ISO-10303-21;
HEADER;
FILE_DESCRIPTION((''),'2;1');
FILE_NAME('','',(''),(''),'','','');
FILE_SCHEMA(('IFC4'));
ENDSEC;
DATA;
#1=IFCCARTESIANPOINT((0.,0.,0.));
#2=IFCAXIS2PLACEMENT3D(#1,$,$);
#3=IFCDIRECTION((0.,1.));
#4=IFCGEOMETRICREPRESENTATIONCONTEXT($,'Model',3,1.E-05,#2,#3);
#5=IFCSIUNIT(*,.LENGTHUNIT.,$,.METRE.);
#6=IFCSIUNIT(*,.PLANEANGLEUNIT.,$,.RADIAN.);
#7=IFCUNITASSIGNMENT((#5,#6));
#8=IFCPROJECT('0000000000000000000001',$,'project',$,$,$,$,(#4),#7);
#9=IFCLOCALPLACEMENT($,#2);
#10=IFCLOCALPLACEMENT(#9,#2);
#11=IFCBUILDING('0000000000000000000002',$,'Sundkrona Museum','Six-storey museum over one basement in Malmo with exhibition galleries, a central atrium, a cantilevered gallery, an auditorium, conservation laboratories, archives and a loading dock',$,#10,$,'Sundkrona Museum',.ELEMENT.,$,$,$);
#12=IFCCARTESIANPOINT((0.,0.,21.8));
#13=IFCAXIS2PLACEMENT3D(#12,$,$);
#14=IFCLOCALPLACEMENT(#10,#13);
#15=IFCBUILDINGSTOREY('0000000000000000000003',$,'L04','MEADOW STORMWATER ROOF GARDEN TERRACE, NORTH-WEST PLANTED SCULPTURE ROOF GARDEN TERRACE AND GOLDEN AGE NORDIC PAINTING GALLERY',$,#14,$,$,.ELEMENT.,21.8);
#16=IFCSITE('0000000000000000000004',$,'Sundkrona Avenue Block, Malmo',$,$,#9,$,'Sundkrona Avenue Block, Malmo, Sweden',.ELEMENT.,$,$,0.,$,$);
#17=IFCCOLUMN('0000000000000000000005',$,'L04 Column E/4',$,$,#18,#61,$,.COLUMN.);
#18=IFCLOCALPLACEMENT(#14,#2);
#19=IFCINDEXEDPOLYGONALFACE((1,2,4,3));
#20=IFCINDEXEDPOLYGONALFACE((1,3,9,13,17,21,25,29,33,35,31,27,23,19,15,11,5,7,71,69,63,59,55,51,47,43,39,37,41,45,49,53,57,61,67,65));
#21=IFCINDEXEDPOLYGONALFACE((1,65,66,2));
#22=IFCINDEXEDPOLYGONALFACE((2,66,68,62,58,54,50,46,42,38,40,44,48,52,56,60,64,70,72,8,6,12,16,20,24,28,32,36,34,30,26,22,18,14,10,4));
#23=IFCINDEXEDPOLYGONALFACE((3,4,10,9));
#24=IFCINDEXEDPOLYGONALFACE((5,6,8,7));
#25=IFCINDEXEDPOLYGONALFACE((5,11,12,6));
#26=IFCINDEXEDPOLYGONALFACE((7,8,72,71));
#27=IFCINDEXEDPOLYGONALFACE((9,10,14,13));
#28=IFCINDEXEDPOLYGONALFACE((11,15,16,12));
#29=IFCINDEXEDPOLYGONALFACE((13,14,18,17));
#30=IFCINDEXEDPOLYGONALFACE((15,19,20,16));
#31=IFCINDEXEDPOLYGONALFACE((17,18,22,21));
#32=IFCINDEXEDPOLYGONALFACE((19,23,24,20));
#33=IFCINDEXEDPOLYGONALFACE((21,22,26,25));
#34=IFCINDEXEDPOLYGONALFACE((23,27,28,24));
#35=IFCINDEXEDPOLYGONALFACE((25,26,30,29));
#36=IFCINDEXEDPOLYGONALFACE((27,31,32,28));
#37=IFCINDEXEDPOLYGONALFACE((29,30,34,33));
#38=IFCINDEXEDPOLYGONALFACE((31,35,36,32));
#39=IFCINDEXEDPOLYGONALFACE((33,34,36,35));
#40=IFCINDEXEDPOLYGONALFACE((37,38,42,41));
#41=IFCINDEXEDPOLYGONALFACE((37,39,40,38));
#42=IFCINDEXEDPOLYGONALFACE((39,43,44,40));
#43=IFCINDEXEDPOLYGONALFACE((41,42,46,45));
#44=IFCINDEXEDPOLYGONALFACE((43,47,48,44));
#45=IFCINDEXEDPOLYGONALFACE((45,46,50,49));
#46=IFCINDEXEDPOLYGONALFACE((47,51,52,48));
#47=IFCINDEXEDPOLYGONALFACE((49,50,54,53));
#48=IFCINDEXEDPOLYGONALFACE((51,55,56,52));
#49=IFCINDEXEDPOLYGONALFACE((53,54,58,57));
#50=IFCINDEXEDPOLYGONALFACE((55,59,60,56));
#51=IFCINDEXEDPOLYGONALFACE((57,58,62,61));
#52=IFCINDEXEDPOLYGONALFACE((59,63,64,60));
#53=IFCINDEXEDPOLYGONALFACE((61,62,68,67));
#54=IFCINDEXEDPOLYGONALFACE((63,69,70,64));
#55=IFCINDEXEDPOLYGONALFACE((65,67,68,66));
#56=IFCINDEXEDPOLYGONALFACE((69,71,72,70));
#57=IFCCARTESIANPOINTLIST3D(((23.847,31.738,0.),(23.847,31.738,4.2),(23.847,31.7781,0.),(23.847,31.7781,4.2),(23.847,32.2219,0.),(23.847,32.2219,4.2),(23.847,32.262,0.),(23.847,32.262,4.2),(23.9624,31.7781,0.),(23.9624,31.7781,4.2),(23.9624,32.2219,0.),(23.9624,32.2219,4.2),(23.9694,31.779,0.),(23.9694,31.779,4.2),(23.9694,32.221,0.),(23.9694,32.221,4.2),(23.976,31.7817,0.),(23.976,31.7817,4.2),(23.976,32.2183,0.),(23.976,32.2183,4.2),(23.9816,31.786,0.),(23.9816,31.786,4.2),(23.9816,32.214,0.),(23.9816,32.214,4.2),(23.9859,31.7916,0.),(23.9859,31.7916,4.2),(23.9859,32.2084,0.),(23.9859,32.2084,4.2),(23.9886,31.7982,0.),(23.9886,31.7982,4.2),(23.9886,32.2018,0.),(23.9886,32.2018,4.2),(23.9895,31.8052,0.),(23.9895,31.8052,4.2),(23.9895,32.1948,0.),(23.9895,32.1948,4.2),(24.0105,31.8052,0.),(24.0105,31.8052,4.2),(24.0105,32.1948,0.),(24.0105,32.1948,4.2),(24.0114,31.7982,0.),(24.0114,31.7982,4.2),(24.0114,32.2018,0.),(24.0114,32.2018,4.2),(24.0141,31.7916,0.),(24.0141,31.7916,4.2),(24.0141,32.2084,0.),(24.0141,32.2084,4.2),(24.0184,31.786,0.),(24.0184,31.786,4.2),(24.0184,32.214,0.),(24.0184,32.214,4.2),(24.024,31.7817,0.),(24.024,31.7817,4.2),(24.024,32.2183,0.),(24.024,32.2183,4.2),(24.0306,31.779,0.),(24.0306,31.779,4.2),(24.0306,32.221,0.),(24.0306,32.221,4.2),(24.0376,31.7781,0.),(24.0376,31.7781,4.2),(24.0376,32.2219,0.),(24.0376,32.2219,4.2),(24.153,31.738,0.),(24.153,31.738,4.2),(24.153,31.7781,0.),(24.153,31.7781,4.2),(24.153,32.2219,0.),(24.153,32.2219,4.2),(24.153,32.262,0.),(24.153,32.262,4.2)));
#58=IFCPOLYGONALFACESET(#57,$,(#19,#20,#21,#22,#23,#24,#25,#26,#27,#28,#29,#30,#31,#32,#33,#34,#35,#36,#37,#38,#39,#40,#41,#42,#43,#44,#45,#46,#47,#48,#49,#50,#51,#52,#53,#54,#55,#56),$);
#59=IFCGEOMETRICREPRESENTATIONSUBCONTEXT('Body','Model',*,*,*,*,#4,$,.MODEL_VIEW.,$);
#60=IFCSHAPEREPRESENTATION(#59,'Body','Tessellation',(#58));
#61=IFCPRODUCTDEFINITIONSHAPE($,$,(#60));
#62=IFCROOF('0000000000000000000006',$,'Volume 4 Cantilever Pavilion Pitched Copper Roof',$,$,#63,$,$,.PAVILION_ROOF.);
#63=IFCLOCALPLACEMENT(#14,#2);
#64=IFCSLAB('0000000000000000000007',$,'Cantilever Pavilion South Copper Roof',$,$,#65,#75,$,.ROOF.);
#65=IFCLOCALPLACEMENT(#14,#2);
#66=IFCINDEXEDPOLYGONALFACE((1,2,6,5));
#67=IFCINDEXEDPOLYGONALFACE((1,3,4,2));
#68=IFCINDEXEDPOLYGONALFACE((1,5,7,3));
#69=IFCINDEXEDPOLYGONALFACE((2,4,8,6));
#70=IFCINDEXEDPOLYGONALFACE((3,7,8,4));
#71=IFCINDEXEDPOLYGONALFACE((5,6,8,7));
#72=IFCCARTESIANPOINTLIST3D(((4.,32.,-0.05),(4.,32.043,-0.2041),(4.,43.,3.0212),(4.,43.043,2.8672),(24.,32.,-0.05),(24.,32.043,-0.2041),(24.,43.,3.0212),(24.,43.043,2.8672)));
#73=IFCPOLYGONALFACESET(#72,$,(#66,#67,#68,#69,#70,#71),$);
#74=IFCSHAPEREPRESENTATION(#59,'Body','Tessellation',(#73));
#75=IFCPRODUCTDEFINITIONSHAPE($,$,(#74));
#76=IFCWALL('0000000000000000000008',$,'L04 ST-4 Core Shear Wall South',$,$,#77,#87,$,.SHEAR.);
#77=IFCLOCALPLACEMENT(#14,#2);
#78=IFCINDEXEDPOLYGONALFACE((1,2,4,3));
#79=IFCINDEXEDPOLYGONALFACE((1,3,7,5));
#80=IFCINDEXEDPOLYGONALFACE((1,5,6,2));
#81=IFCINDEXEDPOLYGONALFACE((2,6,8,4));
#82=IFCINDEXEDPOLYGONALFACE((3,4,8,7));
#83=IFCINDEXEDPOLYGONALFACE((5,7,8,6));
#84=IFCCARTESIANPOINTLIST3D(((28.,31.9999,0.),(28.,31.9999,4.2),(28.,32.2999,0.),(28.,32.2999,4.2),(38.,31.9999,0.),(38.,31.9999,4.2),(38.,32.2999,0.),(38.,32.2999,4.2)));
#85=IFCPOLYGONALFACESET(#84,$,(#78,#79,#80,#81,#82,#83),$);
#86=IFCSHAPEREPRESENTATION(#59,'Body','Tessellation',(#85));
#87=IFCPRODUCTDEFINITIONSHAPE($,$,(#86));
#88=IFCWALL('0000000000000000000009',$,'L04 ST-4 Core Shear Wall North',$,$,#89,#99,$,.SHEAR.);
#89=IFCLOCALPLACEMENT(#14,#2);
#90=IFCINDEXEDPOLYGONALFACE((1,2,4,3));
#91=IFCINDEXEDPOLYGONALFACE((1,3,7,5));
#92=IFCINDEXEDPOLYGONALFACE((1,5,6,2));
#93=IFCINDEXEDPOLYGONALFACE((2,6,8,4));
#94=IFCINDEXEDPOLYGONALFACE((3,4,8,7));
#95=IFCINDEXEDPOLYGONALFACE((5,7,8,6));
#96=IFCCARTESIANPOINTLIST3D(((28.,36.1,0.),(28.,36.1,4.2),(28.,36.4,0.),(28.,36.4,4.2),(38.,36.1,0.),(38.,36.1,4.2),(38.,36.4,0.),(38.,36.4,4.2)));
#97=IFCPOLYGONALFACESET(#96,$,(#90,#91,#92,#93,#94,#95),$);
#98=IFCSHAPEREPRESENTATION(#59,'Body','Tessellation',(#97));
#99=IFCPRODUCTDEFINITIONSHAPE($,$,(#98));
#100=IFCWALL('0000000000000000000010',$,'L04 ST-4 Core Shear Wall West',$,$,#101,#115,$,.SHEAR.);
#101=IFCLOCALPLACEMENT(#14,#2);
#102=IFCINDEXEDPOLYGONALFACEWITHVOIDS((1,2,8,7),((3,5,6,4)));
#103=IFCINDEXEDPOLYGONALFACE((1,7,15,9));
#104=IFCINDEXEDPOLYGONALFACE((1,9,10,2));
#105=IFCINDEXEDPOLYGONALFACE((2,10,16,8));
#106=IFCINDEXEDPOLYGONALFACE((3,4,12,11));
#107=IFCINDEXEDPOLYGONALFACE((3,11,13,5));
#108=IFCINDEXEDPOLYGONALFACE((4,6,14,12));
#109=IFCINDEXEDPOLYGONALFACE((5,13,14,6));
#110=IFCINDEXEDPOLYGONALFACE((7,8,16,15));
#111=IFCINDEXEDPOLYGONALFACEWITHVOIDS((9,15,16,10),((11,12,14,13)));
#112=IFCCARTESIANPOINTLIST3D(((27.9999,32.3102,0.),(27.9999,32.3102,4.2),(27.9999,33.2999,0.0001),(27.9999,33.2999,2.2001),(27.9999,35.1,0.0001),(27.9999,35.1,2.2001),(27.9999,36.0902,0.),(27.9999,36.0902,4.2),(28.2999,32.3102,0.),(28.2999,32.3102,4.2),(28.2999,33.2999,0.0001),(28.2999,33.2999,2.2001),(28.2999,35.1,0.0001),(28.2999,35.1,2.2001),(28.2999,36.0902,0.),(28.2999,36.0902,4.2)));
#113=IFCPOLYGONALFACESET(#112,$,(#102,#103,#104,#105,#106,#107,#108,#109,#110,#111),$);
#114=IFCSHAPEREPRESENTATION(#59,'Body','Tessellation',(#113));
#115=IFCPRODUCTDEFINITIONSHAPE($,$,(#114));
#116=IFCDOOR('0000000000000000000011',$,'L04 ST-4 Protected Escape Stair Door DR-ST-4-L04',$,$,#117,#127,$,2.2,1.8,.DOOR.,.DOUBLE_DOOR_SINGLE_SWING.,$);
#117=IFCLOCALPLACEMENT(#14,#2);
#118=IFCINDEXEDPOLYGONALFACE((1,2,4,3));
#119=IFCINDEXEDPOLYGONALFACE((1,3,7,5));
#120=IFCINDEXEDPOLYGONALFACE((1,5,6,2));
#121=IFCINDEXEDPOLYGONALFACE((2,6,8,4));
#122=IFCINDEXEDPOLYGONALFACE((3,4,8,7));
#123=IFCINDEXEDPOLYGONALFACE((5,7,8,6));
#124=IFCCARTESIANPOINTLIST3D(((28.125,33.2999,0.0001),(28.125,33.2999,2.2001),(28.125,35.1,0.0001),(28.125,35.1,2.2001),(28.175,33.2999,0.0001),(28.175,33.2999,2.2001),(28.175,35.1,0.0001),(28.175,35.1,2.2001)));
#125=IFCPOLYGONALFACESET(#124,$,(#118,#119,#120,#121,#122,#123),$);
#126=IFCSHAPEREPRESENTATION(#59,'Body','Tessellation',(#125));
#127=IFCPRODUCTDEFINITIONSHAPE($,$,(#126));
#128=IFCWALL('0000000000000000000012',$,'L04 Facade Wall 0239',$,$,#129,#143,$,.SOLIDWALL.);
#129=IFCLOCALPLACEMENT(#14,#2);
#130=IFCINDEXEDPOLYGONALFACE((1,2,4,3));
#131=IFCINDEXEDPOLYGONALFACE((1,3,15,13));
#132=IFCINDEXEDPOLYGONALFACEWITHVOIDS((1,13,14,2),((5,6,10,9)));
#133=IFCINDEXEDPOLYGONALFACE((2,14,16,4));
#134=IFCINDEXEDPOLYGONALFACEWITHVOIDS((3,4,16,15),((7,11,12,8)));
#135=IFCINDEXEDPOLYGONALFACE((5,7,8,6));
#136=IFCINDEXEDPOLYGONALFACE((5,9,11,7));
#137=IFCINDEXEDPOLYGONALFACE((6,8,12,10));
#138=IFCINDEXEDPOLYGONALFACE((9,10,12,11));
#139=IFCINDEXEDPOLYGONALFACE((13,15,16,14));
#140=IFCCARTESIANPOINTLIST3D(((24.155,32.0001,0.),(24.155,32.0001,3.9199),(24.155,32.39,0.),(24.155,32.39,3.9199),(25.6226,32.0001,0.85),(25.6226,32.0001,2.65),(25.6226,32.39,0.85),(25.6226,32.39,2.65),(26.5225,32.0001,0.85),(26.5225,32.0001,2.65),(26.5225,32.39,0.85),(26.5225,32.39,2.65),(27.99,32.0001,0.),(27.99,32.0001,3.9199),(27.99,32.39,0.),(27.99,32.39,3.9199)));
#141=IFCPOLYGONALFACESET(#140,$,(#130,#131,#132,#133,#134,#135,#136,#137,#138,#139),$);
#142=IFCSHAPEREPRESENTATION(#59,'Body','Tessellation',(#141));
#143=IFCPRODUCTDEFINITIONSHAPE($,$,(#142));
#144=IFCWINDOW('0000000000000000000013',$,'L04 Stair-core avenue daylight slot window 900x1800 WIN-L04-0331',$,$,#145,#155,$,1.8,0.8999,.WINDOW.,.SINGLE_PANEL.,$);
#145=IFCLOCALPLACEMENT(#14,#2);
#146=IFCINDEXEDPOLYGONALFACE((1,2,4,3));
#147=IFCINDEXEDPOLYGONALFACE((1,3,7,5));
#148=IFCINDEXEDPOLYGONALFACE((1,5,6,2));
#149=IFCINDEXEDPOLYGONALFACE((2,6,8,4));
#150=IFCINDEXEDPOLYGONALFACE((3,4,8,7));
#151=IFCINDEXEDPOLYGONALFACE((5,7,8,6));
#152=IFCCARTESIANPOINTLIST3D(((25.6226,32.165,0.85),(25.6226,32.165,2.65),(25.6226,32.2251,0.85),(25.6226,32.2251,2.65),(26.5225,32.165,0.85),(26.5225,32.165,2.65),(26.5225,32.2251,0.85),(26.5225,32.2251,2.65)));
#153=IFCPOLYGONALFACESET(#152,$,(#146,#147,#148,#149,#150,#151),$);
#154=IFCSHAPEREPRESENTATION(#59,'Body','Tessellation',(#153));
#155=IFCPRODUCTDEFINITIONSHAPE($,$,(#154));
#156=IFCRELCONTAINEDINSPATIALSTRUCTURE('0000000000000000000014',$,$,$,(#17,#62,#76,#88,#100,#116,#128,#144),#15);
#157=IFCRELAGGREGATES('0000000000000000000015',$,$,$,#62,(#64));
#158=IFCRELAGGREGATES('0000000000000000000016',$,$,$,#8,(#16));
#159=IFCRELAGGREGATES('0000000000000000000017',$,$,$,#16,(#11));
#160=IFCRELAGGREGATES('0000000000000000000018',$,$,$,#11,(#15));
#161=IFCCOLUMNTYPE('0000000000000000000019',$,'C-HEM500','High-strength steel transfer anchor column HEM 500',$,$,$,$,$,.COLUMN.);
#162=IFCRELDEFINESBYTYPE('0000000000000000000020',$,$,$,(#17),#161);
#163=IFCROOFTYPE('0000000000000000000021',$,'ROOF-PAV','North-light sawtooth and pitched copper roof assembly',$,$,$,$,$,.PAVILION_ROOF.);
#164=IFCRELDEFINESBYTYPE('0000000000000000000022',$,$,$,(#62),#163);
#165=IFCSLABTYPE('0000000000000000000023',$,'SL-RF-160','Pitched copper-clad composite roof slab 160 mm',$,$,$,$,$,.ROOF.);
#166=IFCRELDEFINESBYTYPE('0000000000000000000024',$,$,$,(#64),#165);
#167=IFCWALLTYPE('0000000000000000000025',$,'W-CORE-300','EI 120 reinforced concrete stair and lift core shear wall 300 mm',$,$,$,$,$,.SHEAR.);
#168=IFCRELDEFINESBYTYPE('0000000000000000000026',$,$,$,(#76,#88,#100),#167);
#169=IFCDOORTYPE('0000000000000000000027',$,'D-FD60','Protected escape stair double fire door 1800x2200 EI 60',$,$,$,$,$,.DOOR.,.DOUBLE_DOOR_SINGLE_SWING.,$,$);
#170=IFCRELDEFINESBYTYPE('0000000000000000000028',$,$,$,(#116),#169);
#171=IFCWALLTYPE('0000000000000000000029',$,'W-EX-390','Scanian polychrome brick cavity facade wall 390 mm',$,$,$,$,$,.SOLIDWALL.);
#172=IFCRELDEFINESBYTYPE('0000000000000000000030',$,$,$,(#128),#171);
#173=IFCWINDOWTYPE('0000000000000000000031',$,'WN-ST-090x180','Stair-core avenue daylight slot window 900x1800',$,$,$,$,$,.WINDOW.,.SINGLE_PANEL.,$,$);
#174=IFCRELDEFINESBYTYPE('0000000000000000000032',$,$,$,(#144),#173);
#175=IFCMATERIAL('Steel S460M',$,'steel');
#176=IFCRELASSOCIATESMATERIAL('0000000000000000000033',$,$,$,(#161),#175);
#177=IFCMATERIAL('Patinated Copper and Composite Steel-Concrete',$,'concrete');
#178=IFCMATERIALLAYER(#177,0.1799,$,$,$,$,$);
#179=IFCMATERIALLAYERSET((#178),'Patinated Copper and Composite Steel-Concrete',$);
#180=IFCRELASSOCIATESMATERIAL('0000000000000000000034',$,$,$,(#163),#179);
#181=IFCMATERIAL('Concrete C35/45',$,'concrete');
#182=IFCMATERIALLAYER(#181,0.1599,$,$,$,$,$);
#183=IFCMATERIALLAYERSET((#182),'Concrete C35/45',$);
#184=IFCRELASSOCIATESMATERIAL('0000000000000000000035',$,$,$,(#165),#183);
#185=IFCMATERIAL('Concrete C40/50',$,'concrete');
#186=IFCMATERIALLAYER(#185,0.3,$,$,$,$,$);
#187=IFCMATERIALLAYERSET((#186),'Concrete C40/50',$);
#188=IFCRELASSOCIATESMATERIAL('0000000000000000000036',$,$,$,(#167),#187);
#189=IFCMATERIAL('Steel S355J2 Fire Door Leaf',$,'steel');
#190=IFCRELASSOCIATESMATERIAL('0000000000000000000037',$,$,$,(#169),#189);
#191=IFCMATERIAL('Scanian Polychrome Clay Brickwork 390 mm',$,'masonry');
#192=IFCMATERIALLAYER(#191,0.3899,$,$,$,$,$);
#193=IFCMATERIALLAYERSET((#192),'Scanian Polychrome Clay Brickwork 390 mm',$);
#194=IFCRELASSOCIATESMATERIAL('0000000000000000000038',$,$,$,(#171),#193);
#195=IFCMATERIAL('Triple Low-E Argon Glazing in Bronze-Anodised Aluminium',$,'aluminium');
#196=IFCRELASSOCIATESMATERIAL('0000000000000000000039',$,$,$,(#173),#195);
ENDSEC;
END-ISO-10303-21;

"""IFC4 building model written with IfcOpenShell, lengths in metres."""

from ifc_helpers import new_model, si_unit, direction, frame, frame_2d, origin, origin_2d, place, context, subcontext, project, spatial, polyline, rectangle, i_section, outline, extrude, material, layer, layer_set, material_profile, profile_set, type_object, element, fill, aggregate, save


model = new_model("IFC4")

# Units and contexts
model_context = context("Model", 3, precision=1e-05, world=origin(), true_north=direction((0.0, 1.0)))
body_context = subcontext(model_context, "Body", "Model", "MODEL_VIEW")
ifc_project = project(units=[si_unit("LENGTHUNIT", "METRE"), si_unit("PLANEANGLEUNIT", "RADIAN")], contexts=[model_context])

# Site, building, storey
site_placement = place(None, origin())
site = spatial("IfcSite", under=ifc_project, at=site_placement, Name="Sundkrona Avenue Block, Malmo", LongName="Sundkrona Avenue Block, Malmo, Sweden", CompositionType="ELEMENT", RefElevation=0.0)
building_placement = place(site_placement, origin())
building = spatial("IfcBuilding", under=site, at=building_placement, Name="Sundkrona Museum", Description="Six-storey museum over one basement in Malmo with exhibition galleries, a central atrium, a cantilevered gallery, an auditorium, conservation laboratories, archives and a loading dock", LongName="Sundkrona Museum", CompositionType="ELEMENT")
storey_placement = place(building_placement, frame((0.0, 0.0, 21.8)))
storey = spatial("IfcBuildingStorey", under=building, at=storey_placement, Name="L04", Description="MEADOW STORMWATER ROOF GARDEN TERRACE, NORTH-WEST PLANTED SCULPTURE ROOF GARDEN TERRACE AND GOLDEN AGE NORDIC PAINTING GALLERY", CompositionType="ELEMENT", Elevation=21.8)

# Column
ifc_material_1 = material(Name="Steel S460M", Category="steel")
ifc_material_profile = material_profile(ifc_material_1, i_section(OverallWidth=0.3059, OverallDepth=0.5239, WebThickness=0.021, FlangeThickness=0.04, FilletRadius=0.0271, at=origin_2d()), Name="HEM 500")
ifc_profile_set = profile_set([ifc_material_profile], Name="Steel S460M")
column_type = type_object("IfcColumnType", Name="C-HEM500", Description="High-strength steel transfer anchor column HEM 500", PredefinedType="COLUMN", material=ifc_profile_set)
column_placement = place(storey_placement, frame((24.0, 32.0, 0.0), z_axis=(0.0, 0.0, 1.0), x_axis=(1.0, 0.0, 0.0)))
element("IfcColumn", 1, at=column_placement, inside=storey, type_object=column_type, Name="L04 Column E/4", PredefinedType="COLUMN", context=body_context, shape_type="SweptSolid", body=[
    extrude(i_section(OverallWidth=0.3059, OverallDepth=0.5239, WebThickness=0.021, FlangeThickness=0.04, FilletRadius=0.0271, at=origin_2d()), origin(), (0.0, 0.0, 1.0), 4.2),
])

# Roof, slab
ifc_material_2 = material(Name="Patinated Copper and Composite Steel-Concrete", Category="concrete")
ifc_layer_1 = layer(ifc_material_2, 0.1799)
ifc_layer_set_1 = layer_set([ifc_layer_1], Name="Patinated Copper and Composite Steel-Concrete")
roof_type = type_object("IfcRoofType", Name="ROOF-PAV", Description="North-light sawtooth and pitched copper roof assembly", PredefinedType="PAVILION_ROOF", material=ifc_layer_set_1)
roof_placement = place(storey_placement, origin())
roof = element("IfcRoof", 2, at=roof_placement, inside=storey, type_object=roof_type, Name="Volume 4 Cantilever Pavilion Pitched Copper Roof", PredefinedType="PAVILION_ROOF")
ifc_material_3 = material(Name="Concrete C35/45", Category="concrete")
ifc_layer_2 = layer(ifc_material_3, 0.1599)
ifc_layer_set_2 = layer_set([ifc_layer_2], Name="Concrete C35/45")
slab_type = type_object("IfcSlabType", Name="SL-RF-160", Description="Pitched copper-clad composite roof slab 160 mm", PredefinedType="ROOF", material=ifc_layer_set_2)
slab_placement = place(storey_placement, frame((4.0, 32.0, -0.05), z_axis=(0.0, -0.268923, 0.963162), x_axis=(1.0, 0.0, 0.0)))
slab = element("IfcSlab", 3, at=slab_placement, type_object=slab_type, Name="Cantilever Pavilion South Copper Roof", PredefinedType="ROOF", context=body_context, shape_type="SweptSolid", body=[
    extrude(outline(polyline([(0.0, 0.0), (20.0, 0.0), (20.0, 11.4207), (0.0, 11.4207), (0.0, 0.0)])), origin(), (0.0, 0.0, -1.0), 0.1599),
])
aggregate(roof, [slab])

# Walls
ifc_material_4 = material(Name="Concrete C40/50", Category="concrete")
ifc_layer_3 = layer(ifc_material_4, 0.3)
ifc_layer_set_3 = layer_set([ifc_layer_3], Name="Concrete C40/50")
wall_type_1 = type_object("IfcWallType", Name="W-CORE-300", Description="EI 120 reinforced concrete stair and lift core shear wall 300 mm", PredefinedType="SHEAR", material=ifc_layer_set_3)
for number, where, z_axis, x_axis, name in (
    (4, (28.0, 32.1499, 0.0), (0.0, 0.0, 1.0), (1.0, 0.0, 0.0), "L04 ST-4 Core Shear Wall South"),
    (5, (28.0, 36.25, 0.0), (0.0, 0.0, 1.0), (1.0, 0.0, 0.0), "L04 ST-4 Core Shear Wall North"),
):
    element("IfcWall", number, at=place(storey_placement, frame(where, z_axis=z_axis, x_axis=x_axis)), inside=storey, type_object=wall_type_1, Name=name, PredefinedType="SHEAR", context=body_context, shape_type="SweptSolid", body=[
        extrude(rectangle(XDim=10.0, YDim=0.3, at=frame_2d((5.0, 0.0))), origin(), (0.0, 0.0, 1.0), 4.2),
    ])

# Wall, opening, door
wall_1_placement = place(storey_placement, frame((28.1499, 32.3101, 0.0), z_axis=(0.0, 0.0, 1.0), x_axis=(0.0, 1.0, 0.0)))
wall_1 = element("IfcWall", 6, at=wall_1_placement, inside=storey, type_object=wall_type_1, Name="L04 ST-4 Core Shear Wall West", PredefinedType="SHEAR", context=body_context, shape_type="SweptSolid", body=[
    extrude(rectangle(XDim=3.78, YDim=0.3, at=frame_2d((1.8901, 0.0))), origin(), (0.0, 0.0, 1.0), 4.2),
])
opening_1_placement = place(wall_1_placement, frame((0.99, 0.0, 0.0)))
opening_1 = element("IfcOpeningElement", 7, at=opening_1_placement, cuts=wall_1, PredefinedType="OPENING", context=body_context, shape_type="SweptSolid", body=[
    extrude(rectangle(XDim=1.8, YDim=2.2, at=frame_2d((0.8999, 1.1001))), frame((0.0, 0.1599, 0.0), z_axis=(0.0, -1.0, 0.0), x_axis=(1.0, 0.0, 0.0)), (0.0, 0.0, 1.0), 0.3201),
])
ifc_material_5 = material(Name="Steel S355J2 Fire Door Leaf", Category="steel")
door_type_1 = type_object("IfcDoorType", Name="D-FD60", Description="Protected escape stair double fire door 1800x2200 EI 60", OperationType="DOUBLE_DOOR_SINGLE_SWING", PredefinedType="DOOR", material=ifc_material_5)
door_1_placement = place(opening_1_placement, origin())
door_1 = element("IfcDoor", 8, at=door_1_placement, inside=storey, type_object=door_type_1, Name="L04 ST-4 Protected Escape Stair Door DR-ST-4-L04", OperationType="DOUBLE_DOOR_SINGLE_SWING", OverallHeight=2.2, OverallWidth=1.8, PredefinedType="DOOR", context=body_context, shape_type="SweptSolid", body=[
    extrude(rectangle(XDim=1.8, YDim=2.2, at=frame_2d((0.8999, 1.1001))), frame((0.0, 0.0249, 0.0), z_axis=(0.0, -1.0, 0.0), x_axis=(1.0, 0.0, 0.0)), (0.0, 0.0, 1.0), 0.05),
])
fill(opening_1, door_1)

# Wall, opening, window
ifc_material_6 = material(Name="Scanian Polychrome Clay Brickwork 390 mm", Category="masonry")
ifc_layer_4 = layer(ifc_material_6, 0.3899)
ifc_layer_set_4 = layer_set([ifc_layer_4], Name="Scanian Polychrome Clay Brickwork 390 mm")
wall_type_2 = type_object("IfcWallType", Name="W-EX-390", Description="Scanian polychrome brick cavity facade wall 390 mm", PredefinedType="SOLIDWALL", material=ifc_layer_set_4)
wall_2_placement = place(storey_placement, frame((27.99, 32.1951, 0.0), z_axis=(0.0, 0.0, 1.0), x_axis=(-1.0, 0.0, 0.0)))
wall_2 = element("IfcWall", 9, at=wall_2_placement, inside=storey, type_object=wall_type_2, Name="L04 Facade Wall 0239", PredefinedType="SOLIDWALL", context=body_context, shape_type="SweptSolid", body=[
    extrude(rectangle(XDim=3.835, YDim=0.3899, at=frame_2d((1.9175, 0.0))), origin(), (0.0, 0.0, 1.0), 3.9199),
])
opening_2_placement = place(wall_2_placement, frame((1.4675, 0.0, 0.8501)))
opening_2 = element("IfcOpeningElement", 10, at=opening_2_placement, cuts=wall_2, PredefinedType="OPENING", context=body_context, shape_type="SweptSolid", body=[
    extrude(rectangle(XDim=0.8999, YDim=1.8, at=frame_2d((0.45, 0.8999))), frame((0.0, 0.2048, 0.0), z_axis=(0.0, -1.0, 0.0), x_axis=(1.0, 0.0, 0.0)), (0.0, 0.0, 1.0), 0.4099),
])
ifc_material_7 = material(Name="Triple Low-E Argon Glazing in Bronze-Anodised Aluminium", Category="aluminium")
window_type_1 = type_object("IfcWindowType", Name="WN-ST-090x180", Description="Stair-core avenue daylight slot window 900x1800", PartitioningType="SINGLE_PANEL", PredefinedType="WINDOW", material=ifc_material_7)
window_1_placement = place(opening_2_placement, origin())
window_1 = element("IfcWindow", 11, at=window_1_placement, inside=storey, type_object=window_type_1, Name="L04 Stair-core avenue daylight slot window 900x1800 WIN-L04-0331", OverallHeight=1.8, OverallWidth=0.8999, PartitioningType="SINGLE_PANEL", PredefinedType="WINDOW", context=body_context, shape_type="SweptSolid", body=[
    extrude(rectangle(XDim=0.8999, YDim=1.8, at=frame_2d((0.45, 0.8999))), frame((0.0, 0.03, 0.0), z_axis=(0.0, -1.0, 0.0), x_axis=(1.0, 0.0, 0.0)), (0.0, 0.0, 1.0), 0.0601),
])
fill(opening_2, window_1)

save(model, "model.ifc")
